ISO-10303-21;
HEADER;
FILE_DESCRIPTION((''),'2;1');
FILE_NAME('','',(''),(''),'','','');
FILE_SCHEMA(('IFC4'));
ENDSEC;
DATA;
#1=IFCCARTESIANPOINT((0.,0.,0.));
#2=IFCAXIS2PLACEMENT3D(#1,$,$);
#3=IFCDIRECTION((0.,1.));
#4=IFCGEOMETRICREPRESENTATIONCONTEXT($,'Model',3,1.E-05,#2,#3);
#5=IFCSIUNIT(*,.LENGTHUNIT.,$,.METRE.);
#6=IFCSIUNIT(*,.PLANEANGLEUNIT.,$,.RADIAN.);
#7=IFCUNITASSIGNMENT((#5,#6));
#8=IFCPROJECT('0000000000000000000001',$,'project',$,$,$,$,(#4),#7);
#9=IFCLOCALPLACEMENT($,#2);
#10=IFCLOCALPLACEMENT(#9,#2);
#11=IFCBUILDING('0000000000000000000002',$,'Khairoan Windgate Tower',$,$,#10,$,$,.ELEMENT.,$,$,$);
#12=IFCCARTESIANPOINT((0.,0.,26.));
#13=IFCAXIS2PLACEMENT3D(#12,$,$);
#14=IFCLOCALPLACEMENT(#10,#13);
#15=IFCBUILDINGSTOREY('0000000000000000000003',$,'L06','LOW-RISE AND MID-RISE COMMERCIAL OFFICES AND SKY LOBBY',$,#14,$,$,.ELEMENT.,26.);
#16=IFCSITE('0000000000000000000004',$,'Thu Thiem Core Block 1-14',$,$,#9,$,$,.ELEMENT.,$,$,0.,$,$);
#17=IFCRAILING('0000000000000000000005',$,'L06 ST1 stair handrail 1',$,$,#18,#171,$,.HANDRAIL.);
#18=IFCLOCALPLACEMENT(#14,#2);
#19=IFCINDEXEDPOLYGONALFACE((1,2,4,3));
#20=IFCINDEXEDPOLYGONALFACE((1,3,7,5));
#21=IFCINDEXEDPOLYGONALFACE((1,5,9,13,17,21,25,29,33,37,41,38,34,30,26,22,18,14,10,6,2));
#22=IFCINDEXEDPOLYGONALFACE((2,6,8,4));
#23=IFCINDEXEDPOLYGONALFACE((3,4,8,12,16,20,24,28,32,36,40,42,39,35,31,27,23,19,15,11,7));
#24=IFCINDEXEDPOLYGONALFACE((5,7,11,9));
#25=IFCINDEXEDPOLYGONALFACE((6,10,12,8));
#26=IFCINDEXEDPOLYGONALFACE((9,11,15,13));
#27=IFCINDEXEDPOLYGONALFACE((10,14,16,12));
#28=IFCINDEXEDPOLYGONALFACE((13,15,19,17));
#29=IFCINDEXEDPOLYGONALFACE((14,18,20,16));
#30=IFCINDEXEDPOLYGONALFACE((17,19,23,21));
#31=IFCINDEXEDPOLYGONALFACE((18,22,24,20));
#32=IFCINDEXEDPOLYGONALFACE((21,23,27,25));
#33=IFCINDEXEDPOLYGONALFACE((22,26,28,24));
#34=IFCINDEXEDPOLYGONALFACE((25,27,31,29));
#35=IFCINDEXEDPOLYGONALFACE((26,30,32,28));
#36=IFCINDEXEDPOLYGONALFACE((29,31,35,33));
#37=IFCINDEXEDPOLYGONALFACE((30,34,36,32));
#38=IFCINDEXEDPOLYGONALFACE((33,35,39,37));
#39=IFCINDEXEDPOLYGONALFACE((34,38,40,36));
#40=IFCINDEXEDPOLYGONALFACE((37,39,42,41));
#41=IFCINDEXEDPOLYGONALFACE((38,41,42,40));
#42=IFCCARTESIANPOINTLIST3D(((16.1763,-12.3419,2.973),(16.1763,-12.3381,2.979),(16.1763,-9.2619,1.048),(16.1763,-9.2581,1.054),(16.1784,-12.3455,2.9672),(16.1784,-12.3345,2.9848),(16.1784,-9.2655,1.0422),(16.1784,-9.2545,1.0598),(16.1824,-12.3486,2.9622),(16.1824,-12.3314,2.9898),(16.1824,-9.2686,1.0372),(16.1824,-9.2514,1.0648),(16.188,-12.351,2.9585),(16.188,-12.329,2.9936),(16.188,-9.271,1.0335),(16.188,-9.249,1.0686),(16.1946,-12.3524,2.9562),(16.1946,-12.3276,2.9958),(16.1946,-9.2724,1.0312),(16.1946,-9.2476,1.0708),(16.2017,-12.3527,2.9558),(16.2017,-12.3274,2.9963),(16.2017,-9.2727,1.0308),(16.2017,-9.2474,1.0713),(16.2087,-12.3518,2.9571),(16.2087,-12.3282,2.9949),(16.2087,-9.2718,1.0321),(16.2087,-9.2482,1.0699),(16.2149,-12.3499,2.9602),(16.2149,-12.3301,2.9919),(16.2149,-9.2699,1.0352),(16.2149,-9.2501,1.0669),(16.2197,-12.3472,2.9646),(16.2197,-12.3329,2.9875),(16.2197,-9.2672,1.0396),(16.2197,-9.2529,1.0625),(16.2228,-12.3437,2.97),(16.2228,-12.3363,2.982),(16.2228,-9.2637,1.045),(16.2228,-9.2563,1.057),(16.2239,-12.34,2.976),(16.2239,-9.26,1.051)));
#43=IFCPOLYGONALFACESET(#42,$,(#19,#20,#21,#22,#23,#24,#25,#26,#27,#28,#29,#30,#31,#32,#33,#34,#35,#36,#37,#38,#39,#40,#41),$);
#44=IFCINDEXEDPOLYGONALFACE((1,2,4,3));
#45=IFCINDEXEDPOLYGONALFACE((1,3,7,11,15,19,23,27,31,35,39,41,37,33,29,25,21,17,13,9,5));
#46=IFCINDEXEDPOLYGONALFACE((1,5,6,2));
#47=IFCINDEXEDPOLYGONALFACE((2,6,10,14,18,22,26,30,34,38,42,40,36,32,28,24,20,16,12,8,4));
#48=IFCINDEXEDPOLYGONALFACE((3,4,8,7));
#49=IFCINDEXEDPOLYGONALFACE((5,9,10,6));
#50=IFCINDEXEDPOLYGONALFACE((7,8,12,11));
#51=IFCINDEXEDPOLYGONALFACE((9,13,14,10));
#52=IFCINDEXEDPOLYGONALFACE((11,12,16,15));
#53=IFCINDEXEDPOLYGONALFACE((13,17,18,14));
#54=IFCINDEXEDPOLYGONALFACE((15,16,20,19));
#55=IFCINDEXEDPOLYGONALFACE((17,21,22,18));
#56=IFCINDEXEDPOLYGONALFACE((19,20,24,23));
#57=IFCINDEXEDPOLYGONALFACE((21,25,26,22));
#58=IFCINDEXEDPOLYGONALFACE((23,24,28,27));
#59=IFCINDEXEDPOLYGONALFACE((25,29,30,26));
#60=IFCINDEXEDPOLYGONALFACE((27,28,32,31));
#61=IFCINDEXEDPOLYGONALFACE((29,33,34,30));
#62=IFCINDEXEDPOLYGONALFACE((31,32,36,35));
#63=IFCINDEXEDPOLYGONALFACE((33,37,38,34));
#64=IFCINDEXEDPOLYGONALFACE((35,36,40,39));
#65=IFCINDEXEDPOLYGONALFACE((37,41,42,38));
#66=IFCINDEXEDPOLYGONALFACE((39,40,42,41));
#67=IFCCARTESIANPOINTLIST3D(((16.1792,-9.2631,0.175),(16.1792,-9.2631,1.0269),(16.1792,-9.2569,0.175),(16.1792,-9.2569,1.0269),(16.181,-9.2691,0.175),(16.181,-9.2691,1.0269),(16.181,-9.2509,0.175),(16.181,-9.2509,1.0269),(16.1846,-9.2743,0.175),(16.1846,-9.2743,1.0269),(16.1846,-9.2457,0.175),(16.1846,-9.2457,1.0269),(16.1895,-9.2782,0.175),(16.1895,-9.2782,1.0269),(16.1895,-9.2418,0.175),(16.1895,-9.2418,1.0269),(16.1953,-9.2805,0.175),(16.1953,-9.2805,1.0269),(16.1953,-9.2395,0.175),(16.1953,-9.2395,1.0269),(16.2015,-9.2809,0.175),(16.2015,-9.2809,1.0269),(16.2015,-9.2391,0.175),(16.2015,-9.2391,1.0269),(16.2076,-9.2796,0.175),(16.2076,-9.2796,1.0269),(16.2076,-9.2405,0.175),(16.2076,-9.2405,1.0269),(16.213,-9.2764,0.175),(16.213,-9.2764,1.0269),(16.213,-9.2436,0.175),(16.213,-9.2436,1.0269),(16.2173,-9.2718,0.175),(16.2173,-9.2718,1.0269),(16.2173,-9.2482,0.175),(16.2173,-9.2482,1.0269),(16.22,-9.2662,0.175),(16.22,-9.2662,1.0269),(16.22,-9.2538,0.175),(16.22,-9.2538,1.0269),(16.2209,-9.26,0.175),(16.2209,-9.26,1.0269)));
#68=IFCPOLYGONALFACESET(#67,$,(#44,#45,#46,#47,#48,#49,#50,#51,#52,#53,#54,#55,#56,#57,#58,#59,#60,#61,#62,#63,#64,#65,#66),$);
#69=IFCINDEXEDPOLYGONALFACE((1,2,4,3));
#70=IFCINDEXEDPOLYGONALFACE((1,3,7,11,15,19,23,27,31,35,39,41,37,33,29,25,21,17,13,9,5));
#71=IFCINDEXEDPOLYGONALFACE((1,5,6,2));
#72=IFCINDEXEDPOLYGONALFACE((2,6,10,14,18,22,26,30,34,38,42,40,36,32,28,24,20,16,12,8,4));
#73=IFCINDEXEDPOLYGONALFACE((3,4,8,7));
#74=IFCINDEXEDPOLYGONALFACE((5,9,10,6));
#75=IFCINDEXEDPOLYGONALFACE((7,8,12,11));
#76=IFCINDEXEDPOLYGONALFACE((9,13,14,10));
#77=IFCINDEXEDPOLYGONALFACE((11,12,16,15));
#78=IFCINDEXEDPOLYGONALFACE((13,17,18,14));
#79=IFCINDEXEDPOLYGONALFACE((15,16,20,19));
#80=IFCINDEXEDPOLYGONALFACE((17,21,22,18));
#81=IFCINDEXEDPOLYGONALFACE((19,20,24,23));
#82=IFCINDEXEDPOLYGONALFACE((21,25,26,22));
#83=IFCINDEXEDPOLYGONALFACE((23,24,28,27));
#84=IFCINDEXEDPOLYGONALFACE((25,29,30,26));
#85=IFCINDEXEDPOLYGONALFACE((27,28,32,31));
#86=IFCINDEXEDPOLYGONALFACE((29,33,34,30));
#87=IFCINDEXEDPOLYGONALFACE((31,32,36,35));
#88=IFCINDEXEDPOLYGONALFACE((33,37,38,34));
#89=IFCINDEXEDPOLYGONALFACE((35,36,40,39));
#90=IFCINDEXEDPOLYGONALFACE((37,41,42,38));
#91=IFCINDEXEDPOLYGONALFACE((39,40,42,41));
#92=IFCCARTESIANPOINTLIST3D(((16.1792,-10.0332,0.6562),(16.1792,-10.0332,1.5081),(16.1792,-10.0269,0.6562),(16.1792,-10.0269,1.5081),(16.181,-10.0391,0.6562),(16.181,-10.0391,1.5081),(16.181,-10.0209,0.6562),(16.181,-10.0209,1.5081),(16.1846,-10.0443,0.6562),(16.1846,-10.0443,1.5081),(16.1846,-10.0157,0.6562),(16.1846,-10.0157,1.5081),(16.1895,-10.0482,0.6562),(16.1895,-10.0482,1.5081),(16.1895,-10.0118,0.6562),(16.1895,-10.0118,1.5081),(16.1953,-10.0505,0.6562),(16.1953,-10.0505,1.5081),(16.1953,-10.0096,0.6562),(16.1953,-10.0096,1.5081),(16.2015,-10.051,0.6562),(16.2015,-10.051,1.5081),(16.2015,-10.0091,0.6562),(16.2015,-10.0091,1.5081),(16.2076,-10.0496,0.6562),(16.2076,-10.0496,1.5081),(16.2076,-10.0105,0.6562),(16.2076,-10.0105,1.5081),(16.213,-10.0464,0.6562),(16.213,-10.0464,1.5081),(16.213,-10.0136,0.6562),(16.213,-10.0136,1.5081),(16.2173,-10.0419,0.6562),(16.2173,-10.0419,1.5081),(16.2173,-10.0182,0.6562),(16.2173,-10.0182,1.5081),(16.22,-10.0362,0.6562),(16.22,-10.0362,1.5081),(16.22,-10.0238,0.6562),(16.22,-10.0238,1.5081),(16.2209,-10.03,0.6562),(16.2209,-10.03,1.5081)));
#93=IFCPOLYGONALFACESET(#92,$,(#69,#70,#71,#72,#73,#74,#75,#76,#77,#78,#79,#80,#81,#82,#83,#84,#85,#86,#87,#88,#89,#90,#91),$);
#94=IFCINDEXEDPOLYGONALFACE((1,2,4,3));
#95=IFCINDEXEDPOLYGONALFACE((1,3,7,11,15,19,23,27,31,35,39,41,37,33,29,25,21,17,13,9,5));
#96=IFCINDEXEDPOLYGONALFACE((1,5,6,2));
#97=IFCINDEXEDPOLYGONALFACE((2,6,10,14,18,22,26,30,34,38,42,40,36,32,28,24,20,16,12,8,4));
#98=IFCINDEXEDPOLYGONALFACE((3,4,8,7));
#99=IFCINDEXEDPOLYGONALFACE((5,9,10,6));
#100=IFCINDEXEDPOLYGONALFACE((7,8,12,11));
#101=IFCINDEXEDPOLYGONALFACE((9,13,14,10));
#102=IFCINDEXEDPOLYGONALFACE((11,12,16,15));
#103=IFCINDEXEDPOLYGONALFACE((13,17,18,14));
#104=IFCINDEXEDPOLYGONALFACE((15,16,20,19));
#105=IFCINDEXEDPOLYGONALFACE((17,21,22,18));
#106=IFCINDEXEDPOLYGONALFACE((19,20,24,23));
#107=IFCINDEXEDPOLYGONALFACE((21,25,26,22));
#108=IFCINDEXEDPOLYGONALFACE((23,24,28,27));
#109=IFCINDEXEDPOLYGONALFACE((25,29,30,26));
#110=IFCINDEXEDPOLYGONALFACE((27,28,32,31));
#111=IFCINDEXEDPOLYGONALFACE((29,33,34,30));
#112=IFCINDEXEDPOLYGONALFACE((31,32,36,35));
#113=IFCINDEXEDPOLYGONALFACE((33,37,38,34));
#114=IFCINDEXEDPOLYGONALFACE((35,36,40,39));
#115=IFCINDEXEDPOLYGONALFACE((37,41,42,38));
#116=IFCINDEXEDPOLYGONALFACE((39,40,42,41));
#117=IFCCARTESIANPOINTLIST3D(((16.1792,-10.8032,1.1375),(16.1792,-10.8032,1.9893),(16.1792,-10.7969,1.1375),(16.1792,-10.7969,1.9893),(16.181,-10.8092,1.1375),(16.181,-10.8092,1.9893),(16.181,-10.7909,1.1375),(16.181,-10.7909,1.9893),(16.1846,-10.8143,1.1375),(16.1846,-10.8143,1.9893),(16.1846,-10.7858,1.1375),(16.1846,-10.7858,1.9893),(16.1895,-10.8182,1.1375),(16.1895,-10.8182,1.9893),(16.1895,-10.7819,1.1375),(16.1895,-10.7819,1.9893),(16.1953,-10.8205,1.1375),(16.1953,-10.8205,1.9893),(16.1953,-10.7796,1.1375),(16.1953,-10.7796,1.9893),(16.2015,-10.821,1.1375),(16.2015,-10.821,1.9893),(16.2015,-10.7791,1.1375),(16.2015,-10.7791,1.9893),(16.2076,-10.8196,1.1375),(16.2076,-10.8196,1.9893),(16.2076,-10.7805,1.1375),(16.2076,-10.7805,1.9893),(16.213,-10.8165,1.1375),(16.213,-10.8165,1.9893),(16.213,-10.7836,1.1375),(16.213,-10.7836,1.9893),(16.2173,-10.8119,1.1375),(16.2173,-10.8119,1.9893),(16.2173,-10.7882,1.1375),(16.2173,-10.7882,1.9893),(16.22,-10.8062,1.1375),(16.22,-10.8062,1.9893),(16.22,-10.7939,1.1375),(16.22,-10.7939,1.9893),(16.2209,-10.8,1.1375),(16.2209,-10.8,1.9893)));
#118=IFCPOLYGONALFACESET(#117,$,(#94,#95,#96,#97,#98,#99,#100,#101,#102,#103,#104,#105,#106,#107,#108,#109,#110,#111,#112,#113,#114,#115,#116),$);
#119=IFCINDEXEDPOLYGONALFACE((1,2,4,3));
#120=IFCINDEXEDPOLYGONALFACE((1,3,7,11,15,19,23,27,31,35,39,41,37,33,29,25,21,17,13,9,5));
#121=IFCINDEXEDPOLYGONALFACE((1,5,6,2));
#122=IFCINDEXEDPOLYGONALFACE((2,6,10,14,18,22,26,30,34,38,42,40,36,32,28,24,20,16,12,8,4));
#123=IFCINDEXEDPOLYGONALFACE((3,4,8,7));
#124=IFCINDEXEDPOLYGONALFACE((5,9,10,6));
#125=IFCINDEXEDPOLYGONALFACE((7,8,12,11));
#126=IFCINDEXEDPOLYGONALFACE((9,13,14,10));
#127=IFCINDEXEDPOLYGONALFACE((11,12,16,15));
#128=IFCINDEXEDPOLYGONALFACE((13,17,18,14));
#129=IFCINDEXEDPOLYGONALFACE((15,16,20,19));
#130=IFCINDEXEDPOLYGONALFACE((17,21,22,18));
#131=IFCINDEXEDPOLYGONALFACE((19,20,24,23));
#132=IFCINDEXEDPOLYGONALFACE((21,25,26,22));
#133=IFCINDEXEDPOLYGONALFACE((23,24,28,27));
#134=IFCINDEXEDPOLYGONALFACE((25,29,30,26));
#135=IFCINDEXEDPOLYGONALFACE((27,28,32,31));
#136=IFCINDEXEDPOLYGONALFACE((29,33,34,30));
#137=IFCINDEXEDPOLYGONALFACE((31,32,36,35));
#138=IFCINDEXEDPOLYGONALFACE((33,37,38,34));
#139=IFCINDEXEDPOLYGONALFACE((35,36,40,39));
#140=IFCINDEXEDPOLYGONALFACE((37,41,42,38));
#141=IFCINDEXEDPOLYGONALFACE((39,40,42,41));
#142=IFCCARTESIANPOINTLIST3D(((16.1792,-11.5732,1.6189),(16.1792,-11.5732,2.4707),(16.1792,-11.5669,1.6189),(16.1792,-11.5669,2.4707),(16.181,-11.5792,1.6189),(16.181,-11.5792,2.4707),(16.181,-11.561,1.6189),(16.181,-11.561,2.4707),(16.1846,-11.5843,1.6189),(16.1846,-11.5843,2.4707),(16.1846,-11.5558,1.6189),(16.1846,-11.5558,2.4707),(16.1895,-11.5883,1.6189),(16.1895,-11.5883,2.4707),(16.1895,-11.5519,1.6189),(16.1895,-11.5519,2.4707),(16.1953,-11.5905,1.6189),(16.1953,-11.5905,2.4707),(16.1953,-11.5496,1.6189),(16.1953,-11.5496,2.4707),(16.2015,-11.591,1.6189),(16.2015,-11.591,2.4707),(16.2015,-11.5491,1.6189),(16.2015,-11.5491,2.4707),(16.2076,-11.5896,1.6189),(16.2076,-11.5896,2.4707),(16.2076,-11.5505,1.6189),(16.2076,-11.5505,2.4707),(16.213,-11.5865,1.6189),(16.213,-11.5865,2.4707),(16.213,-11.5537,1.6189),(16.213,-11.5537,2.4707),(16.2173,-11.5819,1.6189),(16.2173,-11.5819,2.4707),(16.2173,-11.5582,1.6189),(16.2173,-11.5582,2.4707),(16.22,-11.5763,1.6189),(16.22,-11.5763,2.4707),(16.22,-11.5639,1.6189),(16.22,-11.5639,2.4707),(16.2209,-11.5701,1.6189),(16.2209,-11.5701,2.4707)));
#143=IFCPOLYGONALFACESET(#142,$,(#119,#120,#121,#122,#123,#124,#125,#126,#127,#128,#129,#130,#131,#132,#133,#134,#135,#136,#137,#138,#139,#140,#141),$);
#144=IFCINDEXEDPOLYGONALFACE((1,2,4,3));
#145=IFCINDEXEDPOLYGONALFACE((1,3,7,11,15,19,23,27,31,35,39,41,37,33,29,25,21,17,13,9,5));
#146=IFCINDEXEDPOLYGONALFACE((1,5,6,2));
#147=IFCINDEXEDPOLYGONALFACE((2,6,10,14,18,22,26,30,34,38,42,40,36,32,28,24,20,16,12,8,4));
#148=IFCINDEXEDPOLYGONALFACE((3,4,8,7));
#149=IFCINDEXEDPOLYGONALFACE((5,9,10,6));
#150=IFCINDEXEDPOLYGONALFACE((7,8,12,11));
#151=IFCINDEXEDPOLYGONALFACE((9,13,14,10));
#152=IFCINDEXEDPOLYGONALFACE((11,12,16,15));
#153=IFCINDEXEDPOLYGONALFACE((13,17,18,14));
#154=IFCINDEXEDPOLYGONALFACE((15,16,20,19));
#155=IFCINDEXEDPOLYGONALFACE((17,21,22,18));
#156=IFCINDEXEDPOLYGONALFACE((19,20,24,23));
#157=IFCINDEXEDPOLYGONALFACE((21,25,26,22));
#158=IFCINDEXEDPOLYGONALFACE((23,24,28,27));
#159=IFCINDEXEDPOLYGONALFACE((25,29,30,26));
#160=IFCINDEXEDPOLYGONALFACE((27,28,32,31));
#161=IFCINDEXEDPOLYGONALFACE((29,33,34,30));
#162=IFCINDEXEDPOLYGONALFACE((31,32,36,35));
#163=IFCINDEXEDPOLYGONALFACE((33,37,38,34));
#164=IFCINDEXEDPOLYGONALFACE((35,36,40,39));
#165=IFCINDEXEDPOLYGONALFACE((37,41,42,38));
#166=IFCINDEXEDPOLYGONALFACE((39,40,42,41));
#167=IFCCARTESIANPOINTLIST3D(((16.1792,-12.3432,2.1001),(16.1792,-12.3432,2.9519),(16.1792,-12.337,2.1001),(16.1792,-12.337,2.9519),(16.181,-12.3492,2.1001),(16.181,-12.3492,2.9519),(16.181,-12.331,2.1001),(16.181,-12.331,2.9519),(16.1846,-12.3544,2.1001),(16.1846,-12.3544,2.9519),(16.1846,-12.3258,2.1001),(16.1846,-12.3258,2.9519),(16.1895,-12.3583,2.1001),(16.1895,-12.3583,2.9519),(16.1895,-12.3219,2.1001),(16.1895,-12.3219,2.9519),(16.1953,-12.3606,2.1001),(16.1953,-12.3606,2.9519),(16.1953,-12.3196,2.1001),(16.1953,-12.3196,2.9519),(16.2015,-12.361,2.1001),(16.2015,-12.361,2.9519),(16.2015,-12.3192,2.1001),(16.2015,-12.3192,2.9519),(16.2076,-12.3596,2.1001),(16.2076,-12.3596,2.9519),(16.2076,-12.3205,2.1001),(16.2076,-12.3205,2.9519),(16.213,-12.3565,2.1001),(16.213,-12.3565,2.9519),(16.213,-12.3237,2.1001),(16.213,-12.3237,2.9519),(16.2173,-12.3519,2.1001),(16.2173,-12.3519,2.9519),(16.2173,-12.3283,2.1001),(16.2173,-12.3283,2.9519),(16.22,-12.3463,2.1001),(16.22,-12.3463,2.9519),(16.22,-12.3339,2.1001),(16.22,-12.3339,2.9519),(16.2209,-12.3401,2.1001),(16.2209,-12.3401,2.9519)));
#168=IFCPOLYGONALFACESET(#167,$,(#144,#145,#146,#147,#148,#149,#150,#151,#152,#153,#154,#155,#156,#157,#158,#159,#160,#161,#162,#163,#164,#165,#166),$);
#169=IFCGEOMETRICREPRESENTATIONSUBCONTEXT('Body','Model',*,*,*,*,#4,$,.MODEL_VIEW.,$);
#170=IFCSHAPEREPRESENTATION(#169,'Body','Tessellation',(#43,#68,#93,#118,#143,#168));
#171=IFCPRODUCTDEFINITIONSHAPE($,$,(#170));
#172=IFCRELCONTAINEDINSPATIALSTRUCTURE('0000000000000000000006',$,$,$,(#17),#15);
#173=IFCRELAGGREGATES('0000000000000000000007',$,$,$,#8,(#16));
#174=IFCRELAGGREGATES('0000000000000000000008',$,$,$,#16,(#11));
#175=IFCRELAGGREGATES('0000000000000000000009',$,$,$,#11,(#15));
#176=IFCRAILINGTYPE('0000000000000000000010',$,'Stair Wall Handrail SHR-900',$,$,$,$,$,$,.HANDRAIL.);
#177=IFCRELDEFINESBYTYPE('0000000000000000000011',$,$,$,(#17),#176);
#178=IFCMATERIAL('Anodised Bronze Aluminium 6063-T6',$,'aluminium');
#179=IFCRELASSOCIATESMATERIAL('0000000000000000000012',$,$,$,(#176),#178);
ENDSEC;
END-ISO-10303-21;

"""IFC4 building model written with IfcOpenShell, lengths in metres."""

from ifc_helpers import new_model, si_unit, direction, frame, origin, origin_2d, place, context, subcontext, project, spatial, circle, extrude, material, type_object, element, save


model = new_model("IFC4")

# Units and contexts
model_context = context("Model", 3, precision=1e-05, world=origin(), true_north=direction((0.0, 1.0)))
body_context = subcontext(model_context, "Body", "Model", "MODEL_VIEW")
ifc_project = project(units=[si_unit("LENGTHUNIT", "METRE"), si_unit("PLANEANGLEUNIT", "RADIAN")], contexts=[model_context])

# Site, building, storey
site_placement = place(None, origin())
site = spatial("IfcSite", under=ifc_project, at=site_placement, Name="Thu Thiem Core Block 1-14", CompositionType="ELEMENT", RefElevation=0.0)
building_placement = place(site_placement, origin())
building = spatial("IfcBuilding", under=site, at=building_placement, Name="Khairoan Windgate Tower", CompositionType="ELEMENT")
storey_placement = place(building_placement, frame((0.0, 0.0, 26.0)))
storey = spatial("IfcBuildingStorey", under=building, at=storey_placement, Name="L06", Description="LOW-RISE AND MID-RISE COMMERCIAL OFFICES AND SKY LOBBY", CompositionType="ELEMENT", Elevation=26.0)

# Railing
ifc_material_1 = material(Name="Anodised Bronze Aluminium 6063-T6", Category="aluminium")
railing_type_1 = type_object("IfcRailingType", Name="Stair Wall Handrail SHR-900", PredefinedType="HANDRAIL", material=ifc_material_1)
railing_1_placement = place(storey_placement, frame((16.2, -9.26, 0.175)))
element("IfcRailing", 1, at=railing_1_placement, inside=storey, type_object=railing_type_1, Name="L06 ST1 stair handrail 1", PredefinedType="HANDRAIL", context=body_context, shape_type="SweptSolid", body=[
    extrude(circle(Radius=0.0239, at=origin_2d()), frame((0.0, 0.0, 0.876), z_axis=(0.0, -0.847998, 0.529999), x_axis=(1.0, 0.0, 0.0)), (0.0, 0.0, 1.0), 3.6321),
    extrude(circle(Radius=0.021, at=origin_2d()), origin(), (0.0, 0.0, 1.0), 0.8518),
    extrude(circle(Radius=0.021, at=origin_2d()), frame((0.0, -0.77, 0.4812)), (0.0, 0.0, 1.0), 0.8518),
    extrude(circle(Radius=0.021, at=origin_2d()), frame((0.0, -1.54, 0.9624)), (0.0, 0.0, 1.0), 0.8518),
    extrude(circle(Radius=0.021, at=origin_2d()), frame((0.0, -2.3101, 1.4438)), (0.0, 0.0, 1.0), 0.8518),
    extrude(circle(Radius=0.021, at=origin_2d()), frame((0.0, -3.0801, 1.925)), (0.0, 0.0, 1.0), 0.8518),
])

save(model, "model.ifc")
